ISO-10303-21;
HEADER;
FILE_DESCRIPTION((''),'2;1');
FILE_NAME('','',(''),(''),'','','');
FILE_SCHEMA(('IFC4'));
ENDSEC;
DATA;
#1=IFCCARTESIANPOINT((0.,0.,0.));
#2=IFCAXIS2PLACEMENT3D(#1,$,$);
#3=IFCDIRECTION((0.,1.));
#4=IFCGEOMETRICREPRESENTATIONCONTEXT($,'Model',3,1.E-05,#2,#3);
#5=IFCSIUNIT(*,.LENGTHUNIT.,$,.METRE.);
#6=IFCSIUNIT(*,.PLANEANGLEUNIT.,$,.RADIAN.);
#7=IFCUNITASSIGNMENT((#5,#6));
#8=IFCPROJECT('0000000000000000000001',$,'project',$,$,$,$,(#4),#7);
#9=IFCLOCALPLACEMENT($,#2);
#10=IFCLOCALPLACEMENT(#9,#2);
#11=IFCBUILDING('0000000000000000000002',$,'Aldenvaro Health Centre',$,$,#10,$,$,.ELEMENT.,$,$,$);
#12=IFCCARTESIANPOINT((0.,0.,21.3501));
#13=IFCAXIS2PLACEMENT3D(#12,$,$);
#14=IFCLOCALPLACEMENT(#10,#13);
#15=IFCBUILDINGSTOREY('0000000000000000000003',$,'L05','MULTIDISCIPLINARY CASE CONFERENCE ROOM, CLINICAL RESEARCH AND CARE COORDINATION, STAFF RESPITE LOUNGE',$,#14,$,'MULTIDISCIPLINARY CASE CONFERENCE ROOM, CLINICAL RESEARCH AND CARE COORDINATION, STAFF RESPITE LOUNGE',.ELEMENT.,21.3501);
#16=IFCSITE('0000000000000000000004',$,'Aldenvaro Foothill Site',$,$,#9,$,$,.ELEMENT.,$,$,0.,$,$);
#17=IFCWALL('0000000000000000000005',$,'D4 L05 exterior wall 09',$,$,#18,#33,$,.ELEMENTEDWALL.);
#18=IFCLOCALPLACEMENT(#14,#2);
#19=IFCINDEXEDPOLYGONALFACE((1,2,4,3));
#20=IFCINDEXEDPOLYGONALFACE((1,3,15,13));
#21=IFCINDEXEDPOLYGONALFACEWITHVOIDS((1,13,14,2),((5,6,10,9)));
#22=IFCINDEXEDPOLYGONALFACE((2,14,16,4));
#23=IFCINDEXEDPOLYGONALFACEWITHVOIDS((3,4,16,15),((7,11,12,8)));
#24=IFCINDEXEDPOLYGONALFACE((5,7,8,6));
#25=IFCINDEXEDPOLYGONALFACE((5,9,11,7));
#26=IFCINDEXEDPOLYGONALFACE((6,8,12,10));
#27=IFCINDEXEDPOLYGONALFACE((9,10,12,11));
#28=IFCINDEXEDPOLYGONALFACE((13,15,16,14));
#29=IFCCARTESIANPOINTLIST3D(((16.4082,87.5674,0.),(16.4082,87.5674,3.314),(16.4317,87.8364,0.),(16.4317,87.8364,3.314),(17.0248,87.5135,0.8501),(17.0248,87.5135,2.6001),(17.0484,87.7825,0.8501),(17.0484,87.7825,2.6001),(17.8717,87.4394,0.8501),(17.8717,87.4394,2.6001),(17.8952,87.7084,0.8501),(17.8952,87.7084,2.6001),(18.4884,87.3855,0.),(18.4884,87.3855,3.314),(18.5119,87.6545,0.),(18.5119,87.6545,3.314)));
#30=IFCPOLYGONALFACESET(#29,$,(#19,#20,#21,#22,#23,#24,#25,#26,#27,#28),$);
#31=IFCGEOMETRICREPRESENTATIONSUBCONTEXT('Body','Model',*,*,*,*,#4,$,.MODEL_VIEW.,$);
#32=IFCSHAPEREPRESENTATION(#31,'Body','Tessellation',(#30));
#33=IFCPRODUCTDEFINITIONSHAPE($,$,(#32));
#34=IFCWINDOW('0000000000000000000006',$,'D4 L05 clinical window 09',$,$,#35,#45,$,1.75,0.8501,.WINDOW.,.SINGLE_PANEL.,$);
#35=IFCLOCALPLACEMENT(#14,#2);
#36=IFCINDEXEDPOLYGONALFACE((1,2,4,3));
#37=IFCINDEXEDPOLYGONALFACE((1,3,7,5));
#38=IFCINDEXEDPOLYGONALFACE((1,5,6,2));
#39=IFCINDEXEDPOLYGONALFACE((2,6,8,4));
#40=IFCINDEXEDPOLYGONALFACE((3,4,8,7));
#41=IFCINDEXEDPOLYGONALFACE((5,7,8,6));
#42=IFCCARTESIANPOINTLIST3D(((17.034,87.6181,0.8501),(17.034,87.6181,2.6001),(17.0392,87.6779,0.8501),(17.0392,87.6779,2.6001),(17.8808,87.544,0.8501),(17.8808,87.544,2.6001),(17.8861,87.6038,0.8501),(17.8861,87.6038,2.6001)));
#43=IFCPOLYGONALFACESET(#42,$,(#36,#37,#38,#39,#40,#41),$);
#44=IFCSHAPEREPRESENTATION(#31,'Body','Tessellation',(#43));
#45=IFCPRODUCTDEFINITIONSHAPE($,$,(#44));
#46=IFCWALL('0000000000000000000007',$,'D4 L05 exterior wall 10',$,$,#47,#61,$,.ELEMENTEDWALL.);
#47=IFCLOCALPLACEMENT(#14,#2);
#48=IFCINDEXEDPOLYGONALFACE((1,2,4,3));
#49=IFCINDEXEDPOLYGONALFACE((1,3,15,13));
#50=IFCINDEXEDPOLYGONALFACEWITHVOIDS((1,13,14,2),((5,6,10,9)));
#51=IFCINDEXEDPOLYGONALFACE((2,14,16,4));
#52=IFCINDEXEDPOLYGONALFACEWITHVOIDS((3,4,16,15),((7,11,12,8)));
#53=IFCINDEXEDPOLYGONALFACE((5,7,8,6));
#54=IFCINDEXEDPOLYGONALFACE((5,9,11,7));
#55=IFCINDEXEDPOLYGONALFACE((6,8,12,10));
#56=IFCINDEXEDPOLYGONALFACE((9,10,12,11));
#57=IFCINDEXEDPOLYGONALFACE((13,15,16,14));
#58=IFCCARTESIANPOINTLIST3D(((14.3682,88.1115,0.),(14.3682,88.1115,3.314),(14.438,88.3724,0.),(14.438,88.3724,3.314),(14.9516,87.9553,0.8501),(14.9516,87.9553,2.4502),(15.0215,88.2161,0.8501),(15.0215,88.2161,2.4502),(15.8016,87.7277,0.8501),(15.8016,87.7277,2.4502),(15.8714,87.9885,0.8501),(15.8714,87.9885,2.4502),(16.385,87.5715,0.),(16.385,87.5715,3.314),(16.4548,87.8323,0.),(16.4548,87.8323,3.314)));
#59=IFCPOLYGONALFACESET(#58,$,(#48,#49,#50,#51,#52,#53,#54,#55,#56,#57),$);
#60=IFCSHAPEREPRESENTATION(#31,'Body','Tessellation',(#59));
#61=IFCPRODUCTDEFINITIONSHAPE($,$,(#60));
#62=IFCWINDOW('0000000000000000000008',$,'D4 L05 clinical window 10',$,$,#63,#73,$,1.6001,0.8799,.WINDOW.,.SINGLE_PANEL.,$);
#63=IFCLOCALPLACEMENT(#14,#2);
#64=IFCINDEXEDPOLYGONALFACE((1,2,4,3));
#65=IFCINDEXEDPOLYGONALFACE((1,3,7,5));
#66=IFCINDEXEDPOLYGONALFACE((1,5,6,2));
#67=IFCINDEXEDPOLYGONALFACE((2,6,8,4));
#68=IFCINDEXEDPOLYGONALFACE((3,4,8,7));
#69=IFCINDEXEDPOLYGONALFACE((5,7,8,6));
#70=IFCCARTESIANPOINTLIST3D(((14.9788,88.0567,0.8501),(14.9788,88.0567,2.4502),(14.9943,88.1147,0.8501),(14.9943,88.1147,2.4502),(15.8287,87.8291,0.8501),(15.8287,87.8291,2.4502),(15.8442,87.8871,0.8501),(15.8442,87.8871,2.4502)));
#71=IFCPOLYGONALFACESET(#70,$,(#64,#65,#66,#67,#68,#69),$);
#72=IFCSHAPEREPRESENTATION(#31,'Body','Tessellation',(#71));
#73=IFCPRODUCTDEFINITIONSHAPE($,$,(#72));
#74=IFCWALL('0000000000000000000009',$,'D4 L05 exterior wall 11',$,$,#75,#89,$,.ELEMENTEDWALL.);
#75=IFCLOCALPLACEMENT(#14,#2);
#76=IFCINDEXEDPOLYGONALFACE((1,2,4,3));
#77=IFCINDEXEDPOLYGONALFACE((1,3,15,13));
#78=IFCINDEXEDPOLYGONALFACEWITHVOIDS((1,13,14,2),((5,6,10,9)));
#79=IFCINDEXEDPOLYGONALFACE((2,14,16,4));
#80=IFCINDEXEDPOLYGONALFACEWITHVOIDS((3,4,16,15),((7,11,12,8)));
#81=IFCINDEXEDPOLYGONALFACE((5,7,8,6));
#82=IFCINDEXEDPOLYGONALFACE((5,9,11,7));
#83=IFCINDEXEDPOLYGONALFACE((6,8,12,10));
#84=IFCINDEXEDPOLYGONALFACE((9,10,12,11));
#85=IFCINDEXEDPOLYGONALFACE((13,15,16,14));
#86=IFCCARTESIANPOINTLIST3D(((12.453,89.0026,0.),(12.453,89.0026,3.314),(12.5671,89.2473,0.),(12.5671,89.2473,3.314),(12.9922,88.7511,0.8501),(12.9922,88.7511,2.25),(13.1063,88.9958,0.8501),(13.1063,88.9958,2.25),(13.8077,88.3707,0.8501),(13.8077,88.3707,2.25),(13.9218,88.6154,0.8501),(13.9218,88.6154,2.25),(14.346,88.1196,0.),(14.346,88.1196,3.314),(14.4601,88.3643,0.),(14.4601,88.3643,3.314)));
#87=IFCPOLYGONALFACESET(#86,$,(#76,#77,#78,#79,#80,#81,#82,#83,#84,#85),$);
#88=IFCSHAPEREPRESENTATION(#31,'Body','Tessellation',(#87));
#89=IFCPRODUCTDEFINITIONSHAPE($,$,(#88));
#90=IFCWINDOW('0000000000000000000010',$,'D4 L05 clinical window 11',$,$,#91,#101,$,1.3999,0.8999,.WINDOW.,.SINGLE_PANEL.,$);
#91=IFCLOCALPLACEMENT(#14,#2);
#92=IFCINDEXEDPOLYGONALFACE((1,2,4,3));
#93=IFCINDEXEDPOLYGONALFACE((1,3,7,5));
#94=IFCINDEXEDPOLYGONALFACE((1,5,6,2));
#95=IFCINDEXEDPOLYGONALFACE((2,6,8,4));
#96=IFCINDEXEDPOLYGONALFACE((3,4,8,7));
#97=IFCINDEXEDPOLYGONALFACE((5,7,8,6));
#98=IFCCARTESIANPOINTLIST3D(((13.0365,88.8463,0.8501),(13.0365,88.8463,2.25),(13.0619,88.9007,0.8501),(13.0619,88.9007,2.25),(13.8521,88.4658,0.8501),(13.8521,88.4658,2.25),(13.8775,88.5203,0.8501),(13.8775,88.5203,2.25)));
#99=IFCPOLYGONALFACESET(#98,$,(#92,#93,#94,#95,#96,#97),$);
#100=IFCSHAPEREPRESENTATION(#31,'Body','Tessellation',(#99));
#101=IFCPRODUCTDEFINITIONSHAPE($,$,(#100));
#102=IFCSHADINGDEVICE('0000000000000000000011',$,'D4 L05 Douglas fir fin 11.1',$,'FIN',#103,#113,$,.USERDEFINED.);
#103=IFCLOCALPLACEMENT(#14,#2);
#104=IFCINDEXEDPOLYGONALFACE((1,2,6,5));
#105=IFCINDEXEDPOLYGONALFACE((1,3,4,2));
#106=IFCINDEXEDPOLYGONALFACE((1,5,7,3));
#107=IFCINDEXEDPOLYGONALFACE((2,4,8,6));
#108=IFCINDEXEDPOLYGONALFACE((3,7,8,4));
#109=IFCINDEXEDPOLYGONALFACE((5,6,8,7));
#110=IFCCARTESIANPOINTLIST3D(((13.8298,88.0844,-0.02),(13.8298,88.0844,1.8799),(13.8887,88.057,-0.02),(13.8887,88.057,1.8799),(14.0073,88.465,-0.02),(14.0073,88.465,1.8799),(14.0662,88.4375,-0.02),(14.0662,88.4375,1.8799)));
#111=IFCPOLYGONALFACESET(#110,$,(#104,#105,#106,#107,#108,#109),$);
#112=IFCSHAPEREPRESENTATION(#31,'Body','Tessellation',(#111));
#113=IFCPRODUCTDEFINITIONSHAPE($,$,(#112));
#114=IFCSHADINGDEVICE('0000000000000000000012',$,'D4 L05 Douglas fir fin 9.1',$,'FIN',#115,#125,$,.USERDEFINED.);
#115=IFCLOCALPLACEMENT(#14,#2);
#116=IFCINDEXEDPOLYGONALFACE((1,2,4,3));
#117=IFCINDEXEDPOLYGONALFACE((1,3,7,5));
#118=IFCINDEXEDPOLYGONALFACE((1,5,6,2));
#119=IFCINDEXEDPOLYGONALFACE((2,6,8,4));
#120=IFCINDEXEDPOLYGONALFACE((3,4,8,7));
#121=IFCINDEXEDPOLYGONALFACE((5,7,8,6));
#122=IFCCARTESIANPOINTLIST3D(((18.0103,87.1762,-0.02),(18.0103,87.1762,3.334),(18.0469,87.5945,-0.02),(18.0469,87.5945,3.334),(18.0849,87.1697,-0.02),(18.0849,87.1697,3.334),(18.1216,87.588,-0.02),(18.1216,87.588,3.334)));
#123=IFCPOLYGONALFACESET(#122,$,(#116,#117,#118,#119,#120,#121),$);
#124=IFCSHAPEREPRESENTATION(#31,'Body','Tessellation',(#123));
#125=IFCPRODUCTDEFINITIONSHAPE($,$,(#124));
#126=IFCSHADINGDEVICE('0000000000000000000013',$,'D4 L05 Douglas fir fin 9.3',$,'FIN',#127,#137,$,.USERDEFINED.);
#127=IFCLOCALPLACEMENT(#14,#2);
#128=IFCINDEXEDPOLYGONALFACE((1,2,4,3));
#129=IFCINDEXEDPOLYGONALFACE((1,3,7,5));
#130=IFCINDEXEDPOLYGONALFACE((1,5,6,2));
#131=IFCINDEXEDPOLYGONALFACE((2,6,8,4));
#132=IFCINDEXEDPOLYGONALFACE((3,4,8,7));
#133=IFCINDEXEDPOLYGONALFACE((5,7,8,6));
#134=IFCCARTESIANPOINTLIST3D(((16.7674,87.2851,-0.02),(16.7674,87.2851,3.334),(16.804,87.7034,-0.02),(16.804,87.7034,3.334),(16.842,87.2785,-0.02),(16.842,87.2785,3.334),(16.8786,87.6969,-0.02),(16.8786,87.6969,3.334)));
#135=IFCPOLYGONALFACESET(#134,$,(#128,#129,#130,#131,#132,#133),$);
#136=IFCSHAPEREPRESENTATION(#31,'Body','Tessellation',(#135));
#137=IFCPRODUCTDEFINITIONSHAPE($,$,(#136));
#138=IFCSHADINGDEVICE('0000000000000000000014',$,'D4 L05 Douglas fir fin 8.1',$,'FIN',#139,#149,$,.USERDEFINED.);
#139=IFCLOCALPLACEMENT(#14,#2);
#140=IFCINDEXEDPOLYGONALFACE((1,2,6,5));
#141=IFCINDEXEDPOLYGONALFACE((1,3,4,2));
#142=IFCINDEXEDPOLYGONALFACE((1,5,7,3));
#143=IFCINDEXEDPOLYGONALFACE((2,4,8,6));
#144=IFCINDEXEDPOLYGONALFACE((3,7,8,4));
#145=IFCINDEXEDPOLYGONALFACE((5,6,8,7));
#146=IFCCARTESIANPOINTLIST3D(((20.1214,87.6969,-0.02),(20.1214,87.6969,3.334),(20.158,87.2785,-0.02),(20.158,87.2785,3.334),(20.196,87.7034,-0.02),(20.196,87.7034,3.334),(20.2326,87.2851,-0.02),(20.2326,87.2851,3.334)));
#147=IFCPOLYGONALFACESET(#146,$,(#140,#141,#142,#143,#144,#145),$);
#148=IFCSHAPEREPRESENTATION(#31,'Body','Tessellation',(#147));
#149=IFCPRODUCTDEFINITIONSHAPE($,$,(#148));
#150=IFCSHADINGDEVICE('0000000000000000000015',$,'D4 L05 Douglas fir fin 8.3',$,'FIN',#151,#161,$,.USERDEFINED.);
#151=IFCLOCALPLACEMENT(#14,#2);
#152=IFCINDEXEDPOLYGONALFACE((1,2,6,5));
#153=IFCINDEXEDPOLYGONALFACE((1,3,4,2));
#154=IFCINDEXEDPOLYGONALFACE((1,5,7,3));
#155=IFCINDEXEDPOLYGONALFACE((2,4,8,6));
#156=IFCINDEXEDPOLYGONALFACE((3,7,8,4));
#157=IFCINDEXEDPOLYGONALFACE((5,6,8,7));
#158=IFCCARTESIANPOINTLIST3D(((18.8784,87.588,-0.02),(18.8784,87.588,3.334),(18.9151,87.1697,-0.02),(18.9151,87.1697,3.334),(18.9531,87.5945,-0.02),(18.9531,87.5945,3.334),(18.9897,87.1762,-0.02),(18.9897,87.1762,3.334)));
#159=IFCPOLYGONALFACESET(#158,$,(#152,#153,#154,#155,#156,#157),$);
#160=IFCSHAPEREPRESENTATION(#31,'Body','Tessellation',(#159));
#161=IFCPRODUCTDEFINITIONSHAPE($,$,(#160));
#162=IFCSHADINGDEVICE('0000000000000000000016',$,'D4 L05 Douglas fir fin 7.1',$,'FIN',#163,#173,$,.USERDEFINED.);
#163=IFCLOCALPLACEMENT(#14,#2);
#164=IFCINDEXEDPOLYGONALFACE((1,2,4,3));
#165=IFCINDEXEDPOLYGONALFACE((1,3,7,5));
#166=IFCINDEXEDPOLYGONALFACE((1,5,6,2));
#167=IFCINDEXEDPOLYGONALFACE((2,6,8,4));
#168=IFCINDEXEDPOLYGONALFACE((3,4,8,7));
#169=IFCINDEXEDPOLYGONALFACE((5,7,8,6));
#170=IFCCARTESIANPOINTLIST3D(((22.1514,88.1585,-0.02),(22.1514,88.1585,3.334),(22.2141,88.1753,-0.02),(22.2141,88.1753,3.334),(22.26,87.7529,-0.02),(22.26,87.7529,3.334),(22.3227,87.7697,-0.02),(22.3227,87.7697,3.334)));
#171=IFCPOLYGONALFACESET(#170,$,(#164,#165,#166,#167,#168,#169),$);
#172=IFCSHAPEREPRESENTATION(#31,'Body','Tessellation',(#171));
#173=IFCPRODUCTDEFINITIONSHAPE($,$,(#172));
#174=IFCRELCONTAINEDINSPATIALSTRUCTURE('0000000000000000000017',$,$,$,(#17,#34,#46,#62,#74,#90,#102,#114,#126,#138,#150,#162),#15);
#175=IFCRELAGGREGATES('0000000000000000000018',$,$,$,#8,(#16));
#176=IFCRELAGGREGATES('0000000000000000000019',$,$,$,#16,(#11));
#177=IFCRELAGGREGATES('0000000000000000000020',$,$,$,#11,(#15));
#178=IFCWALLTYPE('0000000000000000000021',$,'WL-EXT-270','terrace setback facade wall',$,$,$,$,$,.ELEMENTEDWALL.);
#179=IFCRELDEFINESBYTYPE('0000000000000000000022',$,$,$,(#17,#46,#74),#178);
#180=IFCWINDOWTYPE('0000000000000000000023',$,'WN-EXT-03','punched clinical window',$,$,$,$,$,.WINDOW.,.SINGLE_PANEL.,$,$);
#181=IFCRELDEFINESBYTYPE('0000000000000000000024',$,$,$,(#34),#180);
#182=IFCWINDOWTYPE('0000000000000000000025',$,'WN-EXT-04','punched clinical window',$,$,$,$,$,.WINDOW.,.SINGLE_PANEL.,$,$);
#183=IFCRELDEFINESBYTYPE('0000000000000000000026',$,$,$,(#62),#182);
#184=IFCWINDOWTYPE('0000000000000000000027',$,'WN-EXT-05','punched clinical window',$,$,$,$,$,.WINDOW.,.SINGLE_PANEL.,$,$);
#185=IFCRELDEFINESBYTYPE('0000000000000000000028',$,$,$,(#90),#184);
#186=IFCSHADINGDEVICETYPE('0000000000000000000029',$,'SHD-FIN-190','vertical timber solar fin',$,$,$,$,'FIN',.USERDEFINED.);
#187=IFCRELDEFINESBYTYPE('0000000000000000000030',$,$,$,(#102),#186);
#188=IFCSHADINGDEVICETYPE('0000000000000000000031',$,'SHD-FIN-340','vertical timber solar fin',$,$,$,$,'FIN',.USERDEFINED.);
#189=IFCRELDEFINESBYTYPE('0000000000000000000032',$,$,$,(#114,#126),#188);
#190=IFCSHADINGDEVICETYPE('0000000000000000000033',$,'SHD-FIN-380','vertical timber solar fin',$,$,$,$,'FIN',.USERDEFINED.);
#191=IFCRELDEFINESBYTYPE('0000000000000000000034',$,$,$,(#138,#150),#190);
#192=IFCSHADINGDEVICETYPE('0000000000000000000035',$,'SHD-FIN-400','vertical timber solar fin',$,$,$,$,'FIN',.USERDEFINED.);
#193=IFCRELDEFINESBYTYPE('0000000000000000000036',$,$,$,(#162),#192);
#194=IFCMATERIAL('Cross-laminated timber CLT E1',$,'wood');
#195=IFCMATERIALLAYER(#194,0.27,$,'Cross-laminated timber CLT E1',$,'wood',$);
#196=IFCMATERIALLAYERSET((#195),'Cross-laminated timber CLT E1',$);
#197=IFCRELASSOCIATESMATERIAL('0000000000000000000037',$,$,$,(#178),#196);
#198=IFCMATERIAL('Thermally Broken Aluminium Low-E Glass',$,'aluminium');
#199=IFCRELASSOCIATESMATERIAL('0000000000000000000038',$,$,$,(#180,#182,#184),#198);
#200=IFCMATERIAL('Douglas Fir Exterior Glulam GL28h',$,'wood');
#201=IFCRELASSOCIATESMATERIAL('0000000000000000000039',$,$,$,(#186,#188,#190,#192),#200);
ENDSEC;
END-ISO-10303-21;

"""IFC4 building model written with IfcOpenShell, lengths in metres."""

from ifc_helpers import new_model, si_unit, direction, frame, frame_2d, origin, origin_2d, place, context, subcontext, project, spatial, rectangle, extrude, material, layer, layer_set, type_object, element, fill, save


model = new_model("IFC4")

# Units and contexts
model_context = context("Model", 3, precision=1e-05, world=origin(), true_north=direction((0.0, 1.0)))
body_context = subcontext(model_context, "Body", "Model", "MODEL_VIEW")
ifc_project = project(units=[si_unit("LENGTHUNIT", "METRE"), si_unit("PLANEANGLEUNIT", "RADIAN")], contexts=[model_context])

# Site, building, storey
site_placement = place(None, origin())
site = spatial("IfcSite", under=ifc_project, at=site_placement, Name="Aldenvaro Foothill Site", CompositionType="ELEMENT", RefElevation=0.0)
building_placement = place(site_placement, origin())
building = spatial("IfcBuilding", under=site, at=building_placement, Name="Aldenvaro Health Centre", CompositionType="ELEMENT")
storey_placement = place(building_placement, frame((0.0, 0.0, 21.3501)))
storey = spatial("IfcBuildingStorey", under=building, at=storey_placement, Name="L05", Description="MULTIDISCIPLINARY CASE CONFERENCE ROOM, CLINICAL RESEARCH AND CARE COORDINATION, STAFF RESPITE LOUNGE", LongName="MULTIDISCIPLINARY CASE CONFERENCE ROOM, CLINICAL RESEARCH AND CARE COORDINATION, STAFF RESPITE LOUNGE", CompositionType="ELEMENT", Elevation=21.3501)

# Walls, openings, windows
ifc_material_1 = material(Name="Cross-laminated timber CLT E1", Category="wood")
ifc_layer = layer(ifc_material_1, 0.27, Name="Cross-laminated timber CLT E1", Category="wood")
ifc_layer_set = layer_set([ifc_layer], Name="Cross-laminated timber CLT E1")
wall_type = type_object("IfcWallType", Name="WL-EXT-270", Description="terrace setback facade wall", PredefinedType="ELEMENTEDWALL", material=ifc_layer_set)
ifc_material_2 = material(Name="Thermally Broken Aluminium Low-E Glass", Category="aluminium")
wall_1_placement = place(storey_placement, frame((18.5, 87.52, 0.0), z_axis=(0.0, 0.0, 1.0), x_axis=(-0.996199, 0.087109, 0.0)))
wall_1 = element("IfcWall", 1, at=wall_1_placement, inside=storey, type_object=wall_type, Name="D4 L05 exterior wall 09", PredefinedType="ELEMENTEDWALL", context=body_context, shape_type="SweptSolid", body=[
    extrude(rectangle(XDim=2.0881, YDim=0.27, at=frame_2d((1.0439, 0.0))), origin(), (0.0, 0.0, 1.0), 3.314),
])
opening_1_placement = place(wall_1_placement, frame((0.6189, 0.0, 0.8501)))
opening_1 = element("IfcOpeningElement", 2, at=opening_1_placement, cuts=wall_1, PredefinedType="OPENING", context=body_context, shape_type="SweptSolid", body=[
    extrude(rectangle(XDim=0.8501, YDim=1.75, at=frame_2d((0.425, 0.875))), frame((0.0, 0.145, 0.0), z_axis=(0.0, -1.0, 0.0), x_axis=(1.0, 0.0, 0.0)), (0.0, 0.0, 1.0), 0.29),
])
window_type_1 = type_object("IfcWindowType", Name="WN-EXT-03", Description="punched clinical window", PartitioningType="SINGLE_PANEL", PredefinedType="WINDOW", material=ifc_material_2)
window_1_placement = place(opening_1_placement, origin())
window_1 = element("IfcWindow", 3, at=window_1_placement, inside=storey, type_object=window_type_1, Name="D4 L05 clinical window 09", OverallHeight=1.75, OverallWidth=0.8501, PartitioningType="SINGLE_PANEL", PredefinedType="WINDOW", context=body_context, shape_type="SweptSolid", body=[
    extrude(rectangle(XDim=0.8501, YDim=1.75, at=frame_2d((0.425, 0.875))), frame((0.0, 0.03, 0.0), z_axis=(0.0, -1.0, 0.0), x_axis=(1.0, 0.0, 0.0)), (0.0, 0.0, 1.0), 0.0601),
])
fill(opening_1, window_1)
wall_2_placement = place(storey_placement, frame((16.4199, 87.7019, 0.0), z_axis=(0.0, 0.0, 1.0), x_axis=(-0.96597, 0.258652, 0.0)))
wall_2 = element("IfcWall", 4, at=wall_2_placement, inside=storey, type_object=wall_type, Name="D4 L05 exterior wall 10", PredefinedType="ELEMENTEDWALL", context=body_context, shape_type="SweptSolid", body=[
    extrude(rectangle(XDim=2.0879, YDim=0.27, at=frame_2d((1.0439, 0.0))), origin(), (0.0, 0.0, 1.0), 3.314),
])
opening_2_placement = place(wall_2_placement, frame((0.604, 0.0, 0.8501)))
opening_2 = element("IfcOpeningElement", 5, at=opening_2_placement, cuts=wall_2, PredefinedType="OPENING", context=body_context, shape_type="SweptSolid", body=[
    extrude(rectangle(XDim=0.8799, YDim=1.6001, at=frame_2d((0.4399, 0.8))), frame((0.0, 0.145, 0.0), z_axis=(0.0, -1.0, 0.0), x_axis=(1.0, 0.0, 0.0)), (0.0, 0.0, 1.0), 0.29),
])
window_type_2 = type_object("IfcWindowType", Name="WN-EXT-04", Description="punched clinical window", PartitioningType="SINGLE_PANEL", PredefinedType="WINDOW", material=ifc_material_2)
window_2_placement = place(opening_2_placement, origin())
window_2 = element("IfcWindow", 6, at=window_2_placement, inside=storey, type_object=window_type_2, Name="D4 L05 clinical window 10", OverallHeight=1.6001, OverallWidth=0.8799, PartitioningType="SINGLE_PANEL", PredefinedType="WINDOW", context=body_context, shape_type="SweptSolid", body=[
    extrude(rectangle(XDim=0.8799, YDim=1.6001, at=frame_2d((0.4399, 0.8))), frame((0.0, 0.03, 0.0), z_axis=(0.0, -1.0, 0.0), x_axis=(1.0, 0.0, 0.0)), (0.0, 0.0, 1.0), 0.0601),
])
fill(opening_2, window_2)
wall_3_placement = place(storey_placement, frame((14.4031, 88.2419, 0.0), z_axis=(0.0, 0.0, 1.0), x_axis=(-0.906252, 0.422738, 0.0)))
wall_3 = element("IfcWall", 7, at=wall_3_placement, inside=storey, type_object=wall_type, Name="D4 L05 exterior wall 11", PredefinedType="ELEMENTEDWALL", context=body_context, shape_type="SweptSolid", body=[
    extrude(rectangle(XDim=2.0889, YDim=0.27, at=frame_2d((1.0444, 0.0))), origin(), (0.0, 0.0, 1.0), 3.314),
])
opening_3_placement = place(wall_3_placement, frame((0.594, 0.0, 0.8501)))
opening_3 = element("IfcOpeningElement", 8, at=opening_3_placement, cuts=wall_3, PredefinedType="OPENING", context=body_context, shape_type="SweptSolid", body=[
    extrude(rectangle(XDim=0.8999, YDim=1.3999, at=frame_2d((0.45, 0.7))), frame((0.0, 0.145, 0.0), z_axis=(0.0, -1.0, 0.0), x_axis=(1.0, 0.0, 0.0)), (0.0, 0.0, 1.0), 0.29),
])
window_type_3 = type_object("IfcWindowType", Name="WN-EXT-05", Description="punched clinical window", PartitioningType="SINGLE_PANEL", PredefinedType="WINDOW", material=ifc_material_2)
window_3_placement = place(opening_3_placement, origin())
window_3 = element("IfcWindow", 9, at=window_3_placement, inside=storey, type_object=window_type_3, Name="D4 L05 clinical window 11", OverallHeight=1.3999, OverallWidth=0.8999, PartitioningType="SINGLE_PANEL", PredefinedType="WINDOW", context=body_context, shape_type="SweptSolid", body=[
    extrude(rectangle(XDim=0.8999, YDim=1.3999, at=frame_2d((0.45, 0.7))), frame((0.0, 0.03, 0.0), z_axis=(0.0, -1.0, 0.0), x_axis=(1.0, 0.0, 0.0)), (0.0, 0.0, 1.0), 0.0601),
])
fill(opening_3, window_3)

# Shading devices
ifc_material_3 = material(Name="Douglas Fir Exterior Glulam GL28h", Category="wood")
shading_device_type_1 = type_object("IfcShadingDeviceType", Name="SHD-FIN-190", Description="vertical timber solar fin", ElementType="FIN", PredefinedType="USERDEFINED", material=ifc_material_3)
shading_device_1_placement = place(storey_placement, frame((13.948, 88.261, -0.02), z_axis=(0.0, 0.0, 1.0), x_axis=(-0.906257, 0.422728, 0.0)))
element("IfcShadingDevice", 10, at=shading_device_1_placement, inside=storey, type_object=shading_device_type_1, Name="D4 L05 Douglas fir fin 11.1", ObjectType="FIN", PredefinedType="USERDEFINED", context=body_context, shape_type="SweptSolid", body=[
    extrude(rectangle(XDim=0.0649, YDim=0.4199, at=origin_2d()), origin(), (0.0, 0.0, 1.0), 1.8999),
])
shading_device_type_2 = type_object("IfcShadingDeviceType", Name="SHD-FIN-340", Description="vertical timber solar fin", ElementType="FIN", PredefinedType="USERDEFINED", material=ifc_material_3)
for number, where, z_axis, x_axis, name in (
    (11, (18.0659, 87.3821, -0.02), (0.0, 0.0, 1.0), (-0.996194, 0.087167, 0.0), "D4 L05 Douglas fir fin 9.1"),
    (12, (16.823, 87.491, -0.02), (0.0, 0.0, 1.0), (-0.996194, 0.087167, 0.0), "D4 L05 Douglas fir fin 9.3"),
):
    element("IfcShadingDevice", number, at=place(storey_placement, frame(where, z_axis=z_axis, x_axis=x_axis)), inside=storey, type_object=shading_device_type_2, Name=name, ObjectType="FIN", PredefinedType="USERDEFINED", context=body_context, shape_type="SweptSolid", body=[
        extrude(rectangle(XDim=0.075, YDim=0.4199, at=origin_2d()), origin(), (0.0, 0.0, 1.0), 3.354),
    ])
shading_device_type_3 = type_object("IfcShadingDeviceType", Name="SHD-FIN-380", Description="vertical timber solar fin", ElementType="FIN", PredefinedType="USERDEFINED", material=ifc_material_3)
for number, where, z_axis, x_axis, name in (
    (13, (20.177, 87.491, -0.02), (0.0, 0.0, 1.0), (-0.996194, -0.087167, 0.0), "D4 L05 Douglas fir fin 8.1"),
    (14, (18.9341, 87.3821, -0.02), (0.0, 0.0, 1.0), (-0.996194, -0.087167, 0.0), "D4 L05 Douglas fir fin 8.3"),
):
    element("IfcShadingDevice", number, at=place(storey_placement, frame(where, z_axis=z_axis, x_axis=x_axis)), inside=storey, type_object=shading_device_type_3, Name=name, ObjectType="FIN", PredefinedType="USERDEFINED", context=body_context, shape_type="SweptSolid", body=[
        extrude(rectangle(XDim=0.075, YDim=0.4199, at=origin_2d()), origin(), (0.0, 0.0, 1.0), 3.354),
    ])
shading_device_type_4 = type_object("IfcShadingDeviceType", Name="SHD-FIN-400", Description="vertical timber solar fin", ElementType="FIN", PredefinedType="USERDEFINED", material=ifc_material_3)
for number, where, z_axis, x_axis, name in (
    (15, (22.2371, 87.9641, -0.02), (0.0, 0.0, 1.0), (-0.96598, -0.258616, 0.0), "D4 L05 Douglas fir fin 7.1"),
):
    element("IfcShadingDevice", number, at=place(storey_placement, frame(where, z_axis=z_axis, x_axis=x_axis)), inside=storey, type_object=shading_device_type_4, Name=name, ObjectType="FIN", PredefinedType="USERDEFINED", context=body_context, shape_type="SweptSolid", body=[
        extrude(rectangle(XDim=0.0649, YDim=0.4199, at=origin_2d()), origin(), (0.0, 0.0, 1.0), 3.354),
    ])

save(model, "model.ifc")
